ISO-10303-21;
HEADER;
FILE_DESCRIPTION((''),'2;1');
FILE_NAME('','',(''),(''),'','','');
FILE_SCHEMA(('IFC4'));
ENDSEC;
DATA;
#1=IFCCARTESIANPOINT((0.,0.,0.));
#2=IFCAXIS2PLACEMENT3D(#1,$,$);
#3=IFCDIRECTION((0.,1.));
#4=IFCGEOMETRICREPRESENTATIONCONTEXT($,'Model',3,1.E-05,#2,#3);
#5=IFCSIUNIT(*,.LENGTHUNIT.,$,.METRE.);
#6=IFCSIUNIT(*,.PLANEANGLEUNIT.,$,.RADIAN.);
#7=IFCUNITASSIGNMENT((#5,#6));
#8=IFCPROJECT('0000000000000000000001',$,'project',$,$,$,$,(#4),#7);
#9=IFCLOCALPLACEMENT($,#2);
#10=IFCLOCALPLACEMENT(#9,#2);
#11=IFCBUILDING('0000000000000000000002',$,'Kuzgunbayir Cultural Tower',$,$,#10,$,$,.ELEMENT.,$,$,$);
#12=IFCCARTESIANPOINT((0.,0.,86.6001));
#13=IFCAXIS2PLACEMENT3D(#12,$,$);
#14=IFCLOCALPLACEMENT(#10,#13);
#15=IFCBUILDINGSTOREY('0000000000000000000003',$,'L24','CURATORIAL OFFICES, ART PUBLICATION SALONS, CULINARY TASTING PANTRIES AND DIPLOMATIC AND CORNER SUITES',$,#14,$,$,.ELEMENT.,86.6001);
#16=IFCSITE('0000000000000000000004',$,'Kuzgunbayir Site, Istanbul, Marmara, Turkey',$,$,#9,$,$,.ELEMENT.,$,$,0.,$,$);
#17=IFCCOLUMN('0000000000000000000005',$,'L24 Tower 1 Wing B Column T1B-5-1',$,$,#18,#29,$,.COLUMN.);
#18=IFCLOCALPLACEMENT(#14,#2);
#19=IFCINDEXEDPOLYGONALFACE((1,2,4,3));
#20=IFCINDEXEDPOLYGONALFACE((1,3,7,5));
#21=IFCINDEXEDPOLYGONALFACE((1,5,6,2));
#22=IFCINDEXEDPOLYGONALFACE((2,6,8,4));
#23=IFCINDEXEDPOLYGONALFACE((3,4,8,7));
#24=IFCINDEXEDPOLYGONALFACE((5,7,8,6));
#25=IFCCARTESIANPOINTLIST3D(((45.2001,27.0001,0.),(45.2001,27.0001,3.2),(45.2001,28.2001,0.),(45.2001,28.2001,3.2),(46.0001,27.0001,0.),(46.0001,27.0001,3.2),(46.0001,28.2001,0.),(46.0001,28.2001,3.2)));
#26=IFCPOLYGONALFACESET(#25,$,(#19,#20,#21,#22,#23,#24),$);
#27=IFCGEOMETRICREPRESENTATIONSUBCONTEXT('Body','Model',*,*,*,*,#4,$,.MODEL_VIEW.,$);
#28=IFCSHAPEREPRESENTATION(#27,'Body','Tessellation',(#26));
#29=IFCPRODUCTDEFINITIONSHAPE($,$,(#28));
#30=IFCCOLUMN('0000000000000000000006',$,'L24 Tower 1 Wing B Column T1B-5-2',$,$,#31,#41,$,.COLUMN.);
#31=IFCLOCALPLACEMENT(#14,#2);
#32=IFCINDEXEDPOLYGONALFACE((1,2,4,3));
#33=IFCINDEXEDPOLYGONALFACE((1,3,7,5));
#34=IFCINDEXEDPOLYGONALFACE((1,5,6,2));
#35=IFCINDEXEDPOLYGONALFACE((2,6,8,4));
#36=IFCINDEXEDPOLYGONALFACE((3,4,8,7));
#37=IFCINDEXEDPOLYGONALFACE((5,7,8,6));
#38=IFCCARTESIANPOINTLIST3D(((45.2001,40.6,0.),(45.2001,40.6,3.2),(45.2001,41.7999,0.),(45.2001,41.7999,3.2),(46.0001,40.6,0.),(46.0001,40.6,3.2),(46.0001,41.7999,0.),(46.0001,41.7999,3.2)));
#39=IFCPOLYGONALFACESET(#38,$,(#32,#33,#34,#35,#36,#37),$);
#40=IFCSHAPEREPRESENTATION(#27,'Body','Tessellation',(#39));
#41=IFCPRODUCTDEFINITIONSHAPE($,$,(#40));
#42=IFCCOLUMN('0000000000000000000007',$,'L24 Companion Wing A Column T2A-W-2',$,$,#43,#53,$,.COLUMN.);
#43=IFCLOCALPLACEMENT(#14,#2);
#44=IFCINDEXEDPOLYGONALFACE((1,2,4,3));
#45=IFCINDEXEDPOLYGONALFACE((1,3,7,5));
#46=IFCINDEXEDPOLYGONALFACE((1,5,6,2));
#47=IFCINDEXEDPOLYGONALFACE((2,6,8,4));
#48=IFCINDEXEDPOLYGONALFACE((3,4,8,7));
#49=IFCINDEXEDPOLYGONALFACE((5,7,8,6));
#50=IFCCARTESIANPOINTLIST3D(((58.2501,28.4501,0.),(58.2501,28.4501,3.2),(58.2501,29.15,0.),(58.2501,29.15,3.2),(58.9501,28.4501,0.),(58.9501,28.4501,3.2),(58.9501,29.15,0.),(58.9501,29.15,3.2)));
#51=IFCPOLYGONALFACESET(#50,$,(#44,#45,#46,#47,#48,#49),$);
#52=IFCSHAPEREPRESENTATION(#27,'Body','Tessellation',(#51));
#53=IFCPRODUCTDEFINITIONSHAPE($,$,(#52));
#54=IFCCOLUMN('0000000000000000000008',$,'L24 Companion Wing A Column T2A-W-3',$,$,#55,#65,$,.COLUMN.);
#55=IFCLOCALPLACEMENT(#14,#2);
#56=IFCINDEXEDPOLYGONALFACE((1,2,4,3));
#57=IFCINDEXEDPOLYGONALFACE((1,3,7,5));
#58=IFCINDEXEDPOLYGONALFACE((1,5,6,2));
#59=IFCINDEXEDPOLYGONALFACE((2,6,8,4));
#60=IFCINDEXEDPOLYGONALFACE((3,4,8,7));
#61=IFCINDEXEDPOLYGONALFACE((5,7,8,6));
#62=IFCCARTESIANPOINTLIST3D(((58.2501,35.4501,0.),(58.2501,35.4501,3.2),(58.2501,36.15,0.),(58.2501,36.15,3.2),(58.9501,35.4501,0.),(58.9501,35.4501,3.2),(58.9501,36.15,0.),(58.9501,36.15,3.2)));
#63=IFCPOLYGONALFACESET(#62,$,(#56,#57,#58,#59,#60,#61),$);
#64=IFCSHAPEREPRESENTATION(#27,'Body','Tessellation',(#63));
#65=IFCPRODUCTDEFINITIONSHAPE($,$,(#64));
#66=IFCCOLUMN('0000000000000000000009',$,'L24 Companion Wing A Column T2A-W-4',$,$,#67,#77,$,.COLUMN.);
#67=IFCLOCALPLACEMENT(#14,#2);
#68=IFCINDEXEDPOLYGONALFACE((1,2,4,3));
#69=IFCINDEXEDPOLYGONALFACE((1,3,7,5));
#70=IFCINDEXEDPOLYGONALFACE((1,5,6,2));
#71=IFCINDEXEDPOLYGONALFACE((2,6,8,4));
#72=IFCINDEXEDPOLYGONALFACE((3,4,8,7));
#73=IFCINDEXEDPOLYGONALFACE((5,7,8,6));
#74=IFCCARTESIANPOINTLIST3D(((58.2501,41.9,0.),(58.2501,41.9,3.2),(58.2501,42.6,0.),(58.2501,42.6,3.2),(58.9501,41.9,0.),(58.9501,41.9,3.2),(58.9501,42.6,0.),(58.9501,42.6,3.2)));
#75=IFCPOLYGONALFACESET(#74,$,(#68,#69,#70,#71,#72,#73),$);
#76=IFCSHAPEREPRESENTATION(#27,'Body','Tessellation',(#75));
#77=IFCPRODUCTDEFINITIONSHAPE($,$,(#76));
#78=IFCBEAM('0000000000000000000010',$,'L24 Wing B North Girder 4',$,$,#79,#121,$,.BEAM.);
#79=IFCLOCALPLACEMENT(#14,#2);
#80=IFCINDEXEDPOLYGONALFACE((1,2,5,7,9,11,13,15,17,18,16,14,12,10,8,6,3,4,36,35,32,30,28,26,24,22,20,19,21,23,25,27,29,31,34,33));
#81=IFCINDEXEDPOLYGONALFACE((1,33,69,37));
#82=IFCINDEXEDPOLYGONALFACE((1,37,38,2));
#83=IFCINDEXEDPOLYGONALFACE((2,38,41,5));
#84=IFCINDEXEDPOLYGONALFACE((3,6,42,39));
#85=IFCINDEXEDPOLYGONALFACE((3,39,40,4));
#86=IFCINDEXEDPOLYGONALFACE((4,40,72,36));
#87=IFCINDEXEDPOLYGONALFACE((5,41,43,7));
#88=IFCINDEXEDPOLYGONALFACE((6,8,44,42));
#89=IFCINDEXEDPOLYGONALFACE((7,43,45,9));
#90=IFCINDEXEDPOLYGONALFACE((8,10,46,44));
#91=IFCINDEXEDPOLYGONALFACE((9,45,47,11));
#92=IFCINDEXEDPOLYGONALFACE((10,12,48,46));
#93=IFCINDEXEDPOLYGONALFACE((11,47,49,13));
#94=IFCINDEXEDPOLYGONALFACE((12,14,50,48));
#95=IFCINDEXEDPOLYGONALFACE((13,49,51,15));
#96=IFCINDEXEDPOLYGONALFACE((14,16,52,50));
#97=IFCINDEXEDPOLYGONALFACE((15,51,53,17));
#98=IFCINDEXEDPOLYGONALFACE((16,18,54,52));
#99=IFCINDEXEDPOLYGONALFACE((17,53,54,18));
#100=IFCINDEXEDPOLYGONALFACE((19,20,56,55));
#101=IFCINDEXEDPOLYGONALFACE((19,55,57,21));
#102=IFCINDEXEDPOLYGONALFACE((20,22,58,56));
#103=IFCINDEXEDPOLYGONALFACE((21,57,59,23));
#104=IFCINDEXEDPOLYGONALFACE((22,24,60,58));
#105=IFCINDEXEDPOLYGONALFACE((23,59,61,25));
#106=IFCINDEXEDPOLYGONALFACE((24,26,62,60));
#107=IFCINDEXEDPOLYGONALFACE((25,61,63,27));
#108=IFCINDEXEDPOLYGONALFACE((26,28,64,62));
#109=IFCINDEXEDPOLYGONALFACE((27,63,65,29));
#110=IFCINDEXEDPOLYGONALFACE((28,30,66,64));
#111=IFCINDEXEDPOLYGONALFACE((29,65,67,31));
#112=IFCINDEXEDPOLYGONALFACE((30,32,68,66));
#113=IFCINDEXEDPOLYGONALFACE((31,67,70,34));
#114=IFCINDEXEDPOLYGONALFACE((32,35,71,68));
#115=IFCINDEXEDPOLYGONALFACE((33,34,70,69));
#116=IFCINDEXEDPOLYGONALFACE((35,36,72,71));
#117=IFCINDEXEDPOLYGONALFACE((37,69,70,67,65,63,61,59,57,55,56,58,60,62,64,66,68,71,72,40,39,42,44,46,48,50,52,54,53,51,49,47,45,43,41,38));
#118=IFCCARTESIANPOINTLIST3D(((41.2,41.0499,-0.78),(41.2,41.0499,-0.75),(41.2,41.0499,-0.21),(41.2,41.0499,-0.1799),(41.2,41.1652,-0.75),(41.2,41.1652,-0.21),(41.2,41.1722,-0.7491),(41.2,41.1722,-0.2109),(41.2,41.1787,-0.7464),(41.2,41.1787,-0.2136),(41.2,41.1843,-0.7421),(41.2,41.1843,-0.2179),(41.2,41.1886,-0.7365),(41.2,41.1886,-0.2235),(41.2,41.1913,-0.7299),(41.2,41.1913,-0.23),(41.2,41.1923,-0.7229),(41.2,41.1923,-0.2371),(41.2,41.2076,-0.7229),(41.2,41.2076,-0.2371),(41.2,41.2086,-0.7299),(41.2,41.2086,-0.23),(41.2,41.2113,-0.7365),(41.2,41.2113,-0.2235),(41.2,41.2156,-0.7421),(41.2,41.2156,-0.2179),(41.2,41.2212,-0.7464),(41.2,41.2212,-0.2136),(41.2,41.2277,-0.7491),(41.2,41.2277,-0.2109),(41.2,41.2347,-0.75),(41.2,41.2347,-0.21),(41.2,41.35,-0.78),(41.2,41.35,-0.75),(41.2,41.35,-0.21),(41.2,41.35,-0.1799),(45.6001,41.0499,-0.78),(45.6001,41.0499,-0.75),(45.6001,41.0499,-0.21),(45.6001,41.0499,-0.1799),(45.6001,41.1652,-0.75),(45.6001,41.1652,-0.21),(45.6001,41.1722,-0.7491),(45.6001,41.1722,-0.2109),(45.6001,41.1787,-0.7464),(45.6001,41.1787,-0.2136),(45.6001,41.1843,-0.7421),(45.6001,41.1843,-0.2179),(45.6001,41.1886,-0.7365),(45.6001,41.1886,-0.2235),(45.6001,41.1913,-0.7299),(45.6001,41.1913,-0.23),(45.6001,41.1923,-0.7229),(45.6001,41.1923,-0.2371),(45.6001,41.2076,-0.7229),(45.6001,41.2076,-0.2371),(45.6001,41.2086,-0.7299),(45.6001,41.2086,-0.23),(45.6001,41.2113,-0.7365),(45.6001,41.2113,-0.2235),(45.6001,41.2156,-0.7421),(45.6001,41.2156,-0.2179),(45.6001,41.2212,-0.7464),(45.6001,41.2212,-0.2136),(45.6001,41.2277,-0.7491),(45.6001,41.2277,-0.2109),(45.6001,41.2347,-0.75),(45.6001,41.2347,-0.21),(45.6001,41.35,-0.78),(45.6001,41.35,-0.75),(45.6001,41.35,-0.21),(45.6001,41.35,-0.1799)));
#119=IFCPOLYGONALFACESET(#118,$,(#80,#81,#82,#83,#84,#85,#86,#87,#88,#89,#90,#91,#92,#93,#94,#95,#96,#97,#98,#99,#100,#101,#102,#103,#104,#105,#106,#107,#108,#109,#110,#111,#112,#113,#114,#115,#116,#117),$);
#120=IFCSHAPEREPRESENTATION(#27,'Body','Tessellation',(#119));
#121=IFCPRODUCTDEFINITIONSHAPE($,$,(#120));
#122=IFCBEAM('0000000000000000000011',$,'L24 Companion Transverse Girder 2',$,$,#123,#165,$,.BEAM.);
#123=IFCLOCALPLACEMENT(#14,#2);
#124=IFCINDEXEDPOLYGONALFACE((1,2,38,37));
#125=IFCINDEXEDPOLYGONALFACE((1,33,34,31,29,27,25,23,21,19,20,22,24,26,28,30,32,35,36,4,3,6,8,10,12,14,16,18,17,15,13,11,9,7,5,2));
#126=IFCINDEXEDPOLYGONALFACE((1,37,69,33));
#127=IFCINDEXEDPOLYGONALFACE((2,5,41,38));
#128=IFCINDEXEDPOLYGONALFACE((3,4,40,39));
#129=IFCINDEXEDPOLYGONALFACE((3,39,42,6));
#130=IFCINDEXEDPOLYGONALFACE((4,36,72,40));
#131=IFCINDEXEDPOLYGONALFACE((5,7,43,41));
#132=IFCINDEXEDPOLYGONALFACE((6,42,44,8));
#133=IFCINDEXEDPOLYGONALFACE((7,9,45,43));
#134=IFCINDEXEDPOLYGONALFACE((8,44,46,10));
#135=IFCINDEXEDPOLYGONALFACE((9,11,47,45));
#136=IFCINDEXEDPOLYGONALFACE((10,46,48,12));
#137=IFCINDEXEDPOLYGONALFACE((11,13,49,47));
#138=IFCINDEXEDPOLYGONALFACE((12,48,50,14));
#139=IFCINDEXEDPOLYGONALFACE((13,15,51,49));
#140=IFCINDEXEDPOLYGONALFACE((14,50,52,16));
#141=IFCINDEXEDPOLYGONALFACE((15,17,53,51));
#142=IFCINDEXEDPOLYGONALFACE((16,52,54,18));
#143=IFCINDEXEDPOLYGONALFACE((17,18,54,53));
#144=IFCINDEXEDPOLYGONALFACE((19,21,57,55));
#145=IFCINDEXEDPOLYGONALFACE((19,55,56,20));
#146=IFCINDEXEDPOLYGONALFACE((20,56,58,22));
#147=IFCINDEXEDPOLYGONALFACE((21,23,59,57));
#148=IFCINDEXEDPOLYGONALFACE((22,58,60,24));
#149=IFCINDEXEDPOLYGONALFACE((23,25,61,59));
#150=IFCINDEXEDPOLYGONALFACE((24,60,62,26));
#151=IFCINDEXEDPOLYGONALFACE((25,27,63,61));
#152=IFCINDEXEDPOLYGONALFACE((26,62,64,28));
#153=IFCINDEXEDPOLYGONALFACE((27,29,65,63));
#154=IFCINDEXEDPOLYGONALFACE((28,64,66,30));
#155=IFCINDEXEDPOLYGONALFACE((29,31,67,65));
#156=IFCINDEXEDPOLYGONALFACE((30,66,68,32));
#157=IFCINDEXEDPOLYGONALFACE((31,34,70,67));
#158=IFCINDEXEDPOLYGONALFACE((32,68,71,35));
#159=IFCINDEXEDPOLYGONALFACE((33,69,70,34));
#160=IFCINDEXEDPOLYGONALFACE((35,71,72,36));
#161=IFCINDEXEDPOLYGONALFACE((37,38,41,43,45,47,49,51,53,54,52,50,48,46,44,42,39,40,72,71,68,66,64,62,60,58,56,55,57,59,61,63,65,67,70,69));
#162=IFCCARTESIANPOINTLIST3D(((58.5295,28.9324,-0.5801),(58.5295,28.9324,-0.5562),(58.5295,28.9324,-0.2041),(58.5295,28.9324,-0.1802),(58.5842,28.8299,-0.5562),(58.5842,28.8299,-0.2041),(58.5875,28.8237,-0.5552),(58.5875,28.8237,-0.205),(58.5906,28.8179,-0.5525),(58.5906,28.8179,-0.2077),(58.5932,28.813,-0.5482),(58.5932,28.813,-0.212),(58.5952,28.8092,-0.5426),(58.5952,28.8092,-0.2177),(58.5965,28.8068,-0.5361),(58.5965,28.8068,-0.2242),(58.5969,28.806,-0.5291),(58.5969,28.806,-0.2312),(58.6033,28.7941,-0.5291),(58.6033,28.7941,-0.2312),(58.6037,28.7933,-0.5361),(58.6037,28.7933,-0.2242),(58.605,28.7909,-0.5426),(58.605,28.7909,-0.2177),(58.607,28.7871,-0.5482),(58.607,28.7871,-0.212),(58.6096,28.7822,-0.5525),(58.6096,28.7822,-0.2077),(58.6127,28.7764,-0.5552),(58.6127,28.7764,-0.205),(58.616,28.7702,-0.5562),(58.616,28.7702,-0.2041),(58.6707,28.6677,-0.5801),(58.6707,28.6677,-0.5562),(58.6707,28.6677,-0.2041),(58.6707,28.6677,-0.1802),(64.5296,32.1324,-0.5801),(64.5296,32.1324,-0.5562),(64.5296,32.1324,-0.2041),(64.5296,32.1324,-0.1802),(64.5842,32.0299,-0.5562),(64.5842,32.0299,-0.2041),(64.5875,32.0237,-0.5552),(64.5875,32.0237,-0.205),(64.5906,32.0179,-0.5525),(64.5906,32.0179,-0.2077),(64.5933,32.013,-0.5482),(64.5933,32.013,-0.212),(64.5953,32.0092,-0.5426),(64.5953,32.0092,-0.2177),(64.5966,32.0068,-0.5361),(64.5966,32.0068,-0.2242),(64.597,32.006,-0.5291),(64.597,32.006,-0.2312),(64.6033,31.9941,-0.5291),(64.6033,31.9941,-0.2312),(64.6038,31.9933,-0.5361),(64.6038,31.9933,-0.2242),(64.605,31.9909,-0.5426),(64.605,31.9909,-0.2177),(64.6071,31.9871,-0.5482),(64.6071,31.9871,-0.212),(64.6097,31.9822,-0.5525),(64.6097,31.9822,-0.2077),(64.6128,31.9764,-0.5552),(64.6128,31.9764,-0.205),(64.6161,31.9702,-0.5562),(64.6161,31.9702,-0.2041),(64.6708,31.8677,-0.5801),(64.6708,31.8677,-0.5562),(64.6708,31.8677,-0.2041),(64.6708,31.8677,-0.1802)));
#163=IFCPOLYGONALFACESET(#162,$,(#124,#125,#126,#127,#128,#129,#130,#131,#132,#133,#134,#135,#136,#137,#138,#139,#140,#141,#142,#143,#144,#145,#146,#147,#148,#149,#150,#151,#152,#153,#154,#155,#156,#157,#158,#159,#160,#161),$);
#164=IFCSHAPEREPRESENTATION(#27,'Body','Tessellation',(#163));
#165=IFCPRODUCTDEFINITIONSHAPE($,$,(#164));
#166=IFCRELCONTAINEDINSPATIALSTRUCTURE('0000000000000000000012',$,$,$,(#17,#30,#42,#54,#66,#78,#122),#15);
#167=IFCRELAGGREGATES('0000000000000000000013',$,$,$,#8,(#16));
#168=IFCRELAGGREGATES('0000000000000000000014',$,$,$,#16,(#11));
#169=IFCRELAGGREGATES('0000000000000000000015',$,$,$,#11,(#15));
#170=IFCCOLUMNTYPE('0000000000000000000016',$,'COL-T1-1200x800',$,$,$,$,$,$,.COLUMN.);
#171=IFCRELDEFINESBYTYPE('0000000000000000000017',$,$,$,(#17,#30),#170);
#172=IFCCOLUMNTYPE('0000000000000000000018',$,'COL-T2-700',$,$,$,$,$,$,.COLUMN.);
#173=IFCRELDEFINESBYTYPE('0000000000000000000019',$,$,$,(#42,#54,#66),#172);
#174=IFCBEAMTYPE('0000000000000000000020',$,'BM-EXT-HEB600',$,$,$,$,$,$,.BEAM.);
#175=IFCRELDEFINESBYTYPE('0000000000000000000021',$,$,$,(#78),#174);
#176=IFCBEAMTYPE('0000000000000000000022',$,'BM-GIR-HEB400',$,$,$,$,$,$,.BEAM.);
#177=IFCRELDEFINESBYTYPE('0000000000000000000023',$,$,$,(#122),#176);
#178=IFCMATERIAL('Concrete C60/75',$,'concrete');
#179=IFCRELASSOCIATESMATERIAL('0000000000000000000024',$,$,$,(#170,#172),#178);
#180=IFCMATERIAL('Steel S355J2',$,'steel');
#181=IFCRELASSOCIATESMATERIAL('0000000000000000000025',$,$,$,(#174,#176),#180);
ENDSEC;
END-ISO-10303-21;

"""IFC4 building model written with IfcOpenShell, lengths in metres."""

from ifc_helpers import new_model, si_unit, direction, frame, origin, origin_2d, place, context, subcontext, project, spatial, rectangle, i_section, extrude, material, material_profile, profile_set, type_object, element, save


model = new_model("IFC4")

# Units and contexts
model_context = context("Model", 3, precision=1e-05, world=origin(), true_north=direction((0.0, 1.0)))
body_context = subcontext(model_context, "Body", "Model", "MODEL_VIEW")
ifc_project = project(units=[si_unit("LENGTHUNIT", "METRE"), si_unit("PLANEANGLEUNIT", "RADIAN")], contexts=[model_context])

# Site, building, storey
site_placement = place(None, origin())
site = spatial("IfcSite", under=ifc_project, at=site_placement, Name="Kuzgunbayir Site, Istanbul, Marmara, Turkey", CompositionType="ELEMENT", RefElevation=0.0)
building_placement = place(site_placement, origin())
building = spatial("IfcBuilding", under=site, at=building_placement, Name="Kuzgunbayir Cultural Tower", CompositionType="ELEMENT")
storey_placement = place(building_placement, frame((0.0, 0.0, 86.6001)))
storey = spatial("IfcBuildingStorey", under=building, at=storey_placement, Name="L24", Description="CURATORIAL OFFICES, ART PUBLICATION SALONS, CULINARY TASTING PANTRIES AND DIPLOMATIC AND CORNER SUITES", CompositionType="ELEMENT", Elevation=86.6001)

# Columns
ifc_material_1 = material(Name="Concrete C60/75", Category="concrete")
ifc_material_profile_1 = material_profile(ifc_material_1, rectangle(XDim=0.8, YDim=1.2, at=origin_2d()), Name="RC 1200x800")
ifc_profile_set_1 = profile_set([ifc_material_profile_1], Name="Concrete C60/75")
column_type_1 = type_object("IfcColumnType", Name="COL-T1-1200x800", PredefinedType="COLUMN", material=ifc_profile_set_1)
for number, where, z_axis, x_axis, name in (
    (1, (45.6001, 27.6001, 0.0), (0.0, 0.0, 1.0), (1.0, 0.0, 0.0), "L24 Tower 1 Wing B Column T1B-5-1"),
    (2, (45.6001, 41.2, 0.0), (0.0, 0.0, 1.0), (1.0, 0.0, 0.0), "L24 Tower 1 Wing B Column T1B-5-2"),
):
    element("IfcColumn", number, at=place(storey_placement, frame(where, z_axis=z_axis, x_axis=x_axis)), inside=storey, type_object=column_type_1, Name=name, PredefinedType="COLUMN", context=body_context, shape_type="SweptSolid", body=[
        extrude(rectangle(XDim=0.8, YDim=1.2, at=origin_2d()), origin(), (0.0, 0.0, 1.0), 3.2),
    ])
ifc_material_profile_2 = material_profile(ifc_material_1, rectangle(XDim=0.7, YDim=0.7, at=origin_2d()), Name="RC 700x700")
ifc_profile_set_2 = profile_set([ifc_material_profile_2], Name="Concrete C60/75")
column_type_2 = type_object("IfcColumnType", Name="COL-T2-700", PredefinedType="COLUMN", material=ifc_profile_set_2)
for number, where, z_axis, x_axis, name in (
    (3, (58.6001, 28.8, 0.0), (0.0, 0.0, 1.0), (1.0, 0.0, 0.0), "L24 Companion Wing A Column T2A-W-2"),
    (4, (58.6001, 35.8, 0.0), (0.0, 0.0, 1.0), (1.0, 0.0, 0.0), "L24 Companion Wing A Column T2A-W-3"),
    (5, (58.6001, 42.25, 0.0), (0.0, 0.0, 1.0), (1.0, 0.0, 0.0), "L24 Companion Wing A Column T2A-W-4"),
):
    element("IfcColumn", number, at=place(storey_placement, frame(where, z_axis=z_axis, x_axis=x_axis)), inside=storey, type_object=column_type_2, Name=name, PredefinedType="COLUMN", context=body_context, shape_type="SweptSolid", body=[
        extrude(rectangle(XDim=0.7, YDim=0.7, at=origin_2d()), origin(), (0.0, 0.0, 1.0), 3.2),
    ])

# Beams
ifc_material_2 = material(Name="Steel S355J2", Category="steel")
ifc_material_profile_3 = material_profile(ifc_material_2, i_section(OverallWidth=0.3, OverallDepth=0.6001, WebThickness=0.0154, FlangeThickness=0.03, FilletRadius=0.0271, at=origin_2d()), Name="HEB 600")
ifc_profile_set_3 = profile_set([ifc_material_profile_3], Name="Steel S355J2")
beam_type_1 = type_object("IfcBeamType", Name="BM-EXT-HEB600", PredefinedType="BEAM", material=ifc_profile_set_3)
beam_1_placement = place(storey_placement, frame((41.2, 41.2, -0.48), z_axis=(1.0, 0.0, 0.0), x_axis=(0.0, 1.0, 0.0)))
element("IfcBeam", 6, at=beam_1_placement, inside=storey, type_object=beam_type_1, Name="L24 Wing B North Girder 4", PredefinedType="BEAM", context=body_context, shape_type="SweptSolid", body=[
    extrude(i_section(OverallWidth=0.3, OverallDepth=0.6001, WebThickness=0.0154, FlangeThickness=0.03, FilletRadius=0.0271, at=origin_2d()), origin(), (0.0, 0.0, 1.0), 4.4001),
])
ifc_material_profile_4 = material_profile(ifc_material_2, i_section(OverallWidth=0.3, OverallDepth=0.3999, WebThickness=0.0134, FlangeThickness=0.0239, FilletRadius=0.0271, at=origin_2d()), Name="HEB 400")
ifc_profile_set_4 = profile_set([ifc_material_profile_4], Name="Steel S355J2")
beam_type_2 = type_object("IfcBeamType", Name="BM-GIR-HEB400", PredefinedType="BEAM", material=ifc_profile_set_4)
beam_2_placement = place(storey_placement, frame((58.6001, 28.8, -0.3801), z_axis=(0.882356, 0.470583, 0.0), x_axis=(-0.470583, 0.882356, 0.0)))
element("IfcBeam", 7, at=beam_2_placement, inside=storey, type_object=beam_type_2, Name="L24 Companion Transverse Girder 2", PredefinedType="BEAM", context=body_context, shape_type="SweptSolid", body=[
    extrude(i_section(OverallWidth=0.3, OverallDepth=0.3999, WebThickness=0.0134, FlangeThickness=0.0239, FilletRadius=0.0271, at=origin_2d()), origin(), (0.0, 0.0, 1.0), 6.8),
])

save(model, "model.ifc")
